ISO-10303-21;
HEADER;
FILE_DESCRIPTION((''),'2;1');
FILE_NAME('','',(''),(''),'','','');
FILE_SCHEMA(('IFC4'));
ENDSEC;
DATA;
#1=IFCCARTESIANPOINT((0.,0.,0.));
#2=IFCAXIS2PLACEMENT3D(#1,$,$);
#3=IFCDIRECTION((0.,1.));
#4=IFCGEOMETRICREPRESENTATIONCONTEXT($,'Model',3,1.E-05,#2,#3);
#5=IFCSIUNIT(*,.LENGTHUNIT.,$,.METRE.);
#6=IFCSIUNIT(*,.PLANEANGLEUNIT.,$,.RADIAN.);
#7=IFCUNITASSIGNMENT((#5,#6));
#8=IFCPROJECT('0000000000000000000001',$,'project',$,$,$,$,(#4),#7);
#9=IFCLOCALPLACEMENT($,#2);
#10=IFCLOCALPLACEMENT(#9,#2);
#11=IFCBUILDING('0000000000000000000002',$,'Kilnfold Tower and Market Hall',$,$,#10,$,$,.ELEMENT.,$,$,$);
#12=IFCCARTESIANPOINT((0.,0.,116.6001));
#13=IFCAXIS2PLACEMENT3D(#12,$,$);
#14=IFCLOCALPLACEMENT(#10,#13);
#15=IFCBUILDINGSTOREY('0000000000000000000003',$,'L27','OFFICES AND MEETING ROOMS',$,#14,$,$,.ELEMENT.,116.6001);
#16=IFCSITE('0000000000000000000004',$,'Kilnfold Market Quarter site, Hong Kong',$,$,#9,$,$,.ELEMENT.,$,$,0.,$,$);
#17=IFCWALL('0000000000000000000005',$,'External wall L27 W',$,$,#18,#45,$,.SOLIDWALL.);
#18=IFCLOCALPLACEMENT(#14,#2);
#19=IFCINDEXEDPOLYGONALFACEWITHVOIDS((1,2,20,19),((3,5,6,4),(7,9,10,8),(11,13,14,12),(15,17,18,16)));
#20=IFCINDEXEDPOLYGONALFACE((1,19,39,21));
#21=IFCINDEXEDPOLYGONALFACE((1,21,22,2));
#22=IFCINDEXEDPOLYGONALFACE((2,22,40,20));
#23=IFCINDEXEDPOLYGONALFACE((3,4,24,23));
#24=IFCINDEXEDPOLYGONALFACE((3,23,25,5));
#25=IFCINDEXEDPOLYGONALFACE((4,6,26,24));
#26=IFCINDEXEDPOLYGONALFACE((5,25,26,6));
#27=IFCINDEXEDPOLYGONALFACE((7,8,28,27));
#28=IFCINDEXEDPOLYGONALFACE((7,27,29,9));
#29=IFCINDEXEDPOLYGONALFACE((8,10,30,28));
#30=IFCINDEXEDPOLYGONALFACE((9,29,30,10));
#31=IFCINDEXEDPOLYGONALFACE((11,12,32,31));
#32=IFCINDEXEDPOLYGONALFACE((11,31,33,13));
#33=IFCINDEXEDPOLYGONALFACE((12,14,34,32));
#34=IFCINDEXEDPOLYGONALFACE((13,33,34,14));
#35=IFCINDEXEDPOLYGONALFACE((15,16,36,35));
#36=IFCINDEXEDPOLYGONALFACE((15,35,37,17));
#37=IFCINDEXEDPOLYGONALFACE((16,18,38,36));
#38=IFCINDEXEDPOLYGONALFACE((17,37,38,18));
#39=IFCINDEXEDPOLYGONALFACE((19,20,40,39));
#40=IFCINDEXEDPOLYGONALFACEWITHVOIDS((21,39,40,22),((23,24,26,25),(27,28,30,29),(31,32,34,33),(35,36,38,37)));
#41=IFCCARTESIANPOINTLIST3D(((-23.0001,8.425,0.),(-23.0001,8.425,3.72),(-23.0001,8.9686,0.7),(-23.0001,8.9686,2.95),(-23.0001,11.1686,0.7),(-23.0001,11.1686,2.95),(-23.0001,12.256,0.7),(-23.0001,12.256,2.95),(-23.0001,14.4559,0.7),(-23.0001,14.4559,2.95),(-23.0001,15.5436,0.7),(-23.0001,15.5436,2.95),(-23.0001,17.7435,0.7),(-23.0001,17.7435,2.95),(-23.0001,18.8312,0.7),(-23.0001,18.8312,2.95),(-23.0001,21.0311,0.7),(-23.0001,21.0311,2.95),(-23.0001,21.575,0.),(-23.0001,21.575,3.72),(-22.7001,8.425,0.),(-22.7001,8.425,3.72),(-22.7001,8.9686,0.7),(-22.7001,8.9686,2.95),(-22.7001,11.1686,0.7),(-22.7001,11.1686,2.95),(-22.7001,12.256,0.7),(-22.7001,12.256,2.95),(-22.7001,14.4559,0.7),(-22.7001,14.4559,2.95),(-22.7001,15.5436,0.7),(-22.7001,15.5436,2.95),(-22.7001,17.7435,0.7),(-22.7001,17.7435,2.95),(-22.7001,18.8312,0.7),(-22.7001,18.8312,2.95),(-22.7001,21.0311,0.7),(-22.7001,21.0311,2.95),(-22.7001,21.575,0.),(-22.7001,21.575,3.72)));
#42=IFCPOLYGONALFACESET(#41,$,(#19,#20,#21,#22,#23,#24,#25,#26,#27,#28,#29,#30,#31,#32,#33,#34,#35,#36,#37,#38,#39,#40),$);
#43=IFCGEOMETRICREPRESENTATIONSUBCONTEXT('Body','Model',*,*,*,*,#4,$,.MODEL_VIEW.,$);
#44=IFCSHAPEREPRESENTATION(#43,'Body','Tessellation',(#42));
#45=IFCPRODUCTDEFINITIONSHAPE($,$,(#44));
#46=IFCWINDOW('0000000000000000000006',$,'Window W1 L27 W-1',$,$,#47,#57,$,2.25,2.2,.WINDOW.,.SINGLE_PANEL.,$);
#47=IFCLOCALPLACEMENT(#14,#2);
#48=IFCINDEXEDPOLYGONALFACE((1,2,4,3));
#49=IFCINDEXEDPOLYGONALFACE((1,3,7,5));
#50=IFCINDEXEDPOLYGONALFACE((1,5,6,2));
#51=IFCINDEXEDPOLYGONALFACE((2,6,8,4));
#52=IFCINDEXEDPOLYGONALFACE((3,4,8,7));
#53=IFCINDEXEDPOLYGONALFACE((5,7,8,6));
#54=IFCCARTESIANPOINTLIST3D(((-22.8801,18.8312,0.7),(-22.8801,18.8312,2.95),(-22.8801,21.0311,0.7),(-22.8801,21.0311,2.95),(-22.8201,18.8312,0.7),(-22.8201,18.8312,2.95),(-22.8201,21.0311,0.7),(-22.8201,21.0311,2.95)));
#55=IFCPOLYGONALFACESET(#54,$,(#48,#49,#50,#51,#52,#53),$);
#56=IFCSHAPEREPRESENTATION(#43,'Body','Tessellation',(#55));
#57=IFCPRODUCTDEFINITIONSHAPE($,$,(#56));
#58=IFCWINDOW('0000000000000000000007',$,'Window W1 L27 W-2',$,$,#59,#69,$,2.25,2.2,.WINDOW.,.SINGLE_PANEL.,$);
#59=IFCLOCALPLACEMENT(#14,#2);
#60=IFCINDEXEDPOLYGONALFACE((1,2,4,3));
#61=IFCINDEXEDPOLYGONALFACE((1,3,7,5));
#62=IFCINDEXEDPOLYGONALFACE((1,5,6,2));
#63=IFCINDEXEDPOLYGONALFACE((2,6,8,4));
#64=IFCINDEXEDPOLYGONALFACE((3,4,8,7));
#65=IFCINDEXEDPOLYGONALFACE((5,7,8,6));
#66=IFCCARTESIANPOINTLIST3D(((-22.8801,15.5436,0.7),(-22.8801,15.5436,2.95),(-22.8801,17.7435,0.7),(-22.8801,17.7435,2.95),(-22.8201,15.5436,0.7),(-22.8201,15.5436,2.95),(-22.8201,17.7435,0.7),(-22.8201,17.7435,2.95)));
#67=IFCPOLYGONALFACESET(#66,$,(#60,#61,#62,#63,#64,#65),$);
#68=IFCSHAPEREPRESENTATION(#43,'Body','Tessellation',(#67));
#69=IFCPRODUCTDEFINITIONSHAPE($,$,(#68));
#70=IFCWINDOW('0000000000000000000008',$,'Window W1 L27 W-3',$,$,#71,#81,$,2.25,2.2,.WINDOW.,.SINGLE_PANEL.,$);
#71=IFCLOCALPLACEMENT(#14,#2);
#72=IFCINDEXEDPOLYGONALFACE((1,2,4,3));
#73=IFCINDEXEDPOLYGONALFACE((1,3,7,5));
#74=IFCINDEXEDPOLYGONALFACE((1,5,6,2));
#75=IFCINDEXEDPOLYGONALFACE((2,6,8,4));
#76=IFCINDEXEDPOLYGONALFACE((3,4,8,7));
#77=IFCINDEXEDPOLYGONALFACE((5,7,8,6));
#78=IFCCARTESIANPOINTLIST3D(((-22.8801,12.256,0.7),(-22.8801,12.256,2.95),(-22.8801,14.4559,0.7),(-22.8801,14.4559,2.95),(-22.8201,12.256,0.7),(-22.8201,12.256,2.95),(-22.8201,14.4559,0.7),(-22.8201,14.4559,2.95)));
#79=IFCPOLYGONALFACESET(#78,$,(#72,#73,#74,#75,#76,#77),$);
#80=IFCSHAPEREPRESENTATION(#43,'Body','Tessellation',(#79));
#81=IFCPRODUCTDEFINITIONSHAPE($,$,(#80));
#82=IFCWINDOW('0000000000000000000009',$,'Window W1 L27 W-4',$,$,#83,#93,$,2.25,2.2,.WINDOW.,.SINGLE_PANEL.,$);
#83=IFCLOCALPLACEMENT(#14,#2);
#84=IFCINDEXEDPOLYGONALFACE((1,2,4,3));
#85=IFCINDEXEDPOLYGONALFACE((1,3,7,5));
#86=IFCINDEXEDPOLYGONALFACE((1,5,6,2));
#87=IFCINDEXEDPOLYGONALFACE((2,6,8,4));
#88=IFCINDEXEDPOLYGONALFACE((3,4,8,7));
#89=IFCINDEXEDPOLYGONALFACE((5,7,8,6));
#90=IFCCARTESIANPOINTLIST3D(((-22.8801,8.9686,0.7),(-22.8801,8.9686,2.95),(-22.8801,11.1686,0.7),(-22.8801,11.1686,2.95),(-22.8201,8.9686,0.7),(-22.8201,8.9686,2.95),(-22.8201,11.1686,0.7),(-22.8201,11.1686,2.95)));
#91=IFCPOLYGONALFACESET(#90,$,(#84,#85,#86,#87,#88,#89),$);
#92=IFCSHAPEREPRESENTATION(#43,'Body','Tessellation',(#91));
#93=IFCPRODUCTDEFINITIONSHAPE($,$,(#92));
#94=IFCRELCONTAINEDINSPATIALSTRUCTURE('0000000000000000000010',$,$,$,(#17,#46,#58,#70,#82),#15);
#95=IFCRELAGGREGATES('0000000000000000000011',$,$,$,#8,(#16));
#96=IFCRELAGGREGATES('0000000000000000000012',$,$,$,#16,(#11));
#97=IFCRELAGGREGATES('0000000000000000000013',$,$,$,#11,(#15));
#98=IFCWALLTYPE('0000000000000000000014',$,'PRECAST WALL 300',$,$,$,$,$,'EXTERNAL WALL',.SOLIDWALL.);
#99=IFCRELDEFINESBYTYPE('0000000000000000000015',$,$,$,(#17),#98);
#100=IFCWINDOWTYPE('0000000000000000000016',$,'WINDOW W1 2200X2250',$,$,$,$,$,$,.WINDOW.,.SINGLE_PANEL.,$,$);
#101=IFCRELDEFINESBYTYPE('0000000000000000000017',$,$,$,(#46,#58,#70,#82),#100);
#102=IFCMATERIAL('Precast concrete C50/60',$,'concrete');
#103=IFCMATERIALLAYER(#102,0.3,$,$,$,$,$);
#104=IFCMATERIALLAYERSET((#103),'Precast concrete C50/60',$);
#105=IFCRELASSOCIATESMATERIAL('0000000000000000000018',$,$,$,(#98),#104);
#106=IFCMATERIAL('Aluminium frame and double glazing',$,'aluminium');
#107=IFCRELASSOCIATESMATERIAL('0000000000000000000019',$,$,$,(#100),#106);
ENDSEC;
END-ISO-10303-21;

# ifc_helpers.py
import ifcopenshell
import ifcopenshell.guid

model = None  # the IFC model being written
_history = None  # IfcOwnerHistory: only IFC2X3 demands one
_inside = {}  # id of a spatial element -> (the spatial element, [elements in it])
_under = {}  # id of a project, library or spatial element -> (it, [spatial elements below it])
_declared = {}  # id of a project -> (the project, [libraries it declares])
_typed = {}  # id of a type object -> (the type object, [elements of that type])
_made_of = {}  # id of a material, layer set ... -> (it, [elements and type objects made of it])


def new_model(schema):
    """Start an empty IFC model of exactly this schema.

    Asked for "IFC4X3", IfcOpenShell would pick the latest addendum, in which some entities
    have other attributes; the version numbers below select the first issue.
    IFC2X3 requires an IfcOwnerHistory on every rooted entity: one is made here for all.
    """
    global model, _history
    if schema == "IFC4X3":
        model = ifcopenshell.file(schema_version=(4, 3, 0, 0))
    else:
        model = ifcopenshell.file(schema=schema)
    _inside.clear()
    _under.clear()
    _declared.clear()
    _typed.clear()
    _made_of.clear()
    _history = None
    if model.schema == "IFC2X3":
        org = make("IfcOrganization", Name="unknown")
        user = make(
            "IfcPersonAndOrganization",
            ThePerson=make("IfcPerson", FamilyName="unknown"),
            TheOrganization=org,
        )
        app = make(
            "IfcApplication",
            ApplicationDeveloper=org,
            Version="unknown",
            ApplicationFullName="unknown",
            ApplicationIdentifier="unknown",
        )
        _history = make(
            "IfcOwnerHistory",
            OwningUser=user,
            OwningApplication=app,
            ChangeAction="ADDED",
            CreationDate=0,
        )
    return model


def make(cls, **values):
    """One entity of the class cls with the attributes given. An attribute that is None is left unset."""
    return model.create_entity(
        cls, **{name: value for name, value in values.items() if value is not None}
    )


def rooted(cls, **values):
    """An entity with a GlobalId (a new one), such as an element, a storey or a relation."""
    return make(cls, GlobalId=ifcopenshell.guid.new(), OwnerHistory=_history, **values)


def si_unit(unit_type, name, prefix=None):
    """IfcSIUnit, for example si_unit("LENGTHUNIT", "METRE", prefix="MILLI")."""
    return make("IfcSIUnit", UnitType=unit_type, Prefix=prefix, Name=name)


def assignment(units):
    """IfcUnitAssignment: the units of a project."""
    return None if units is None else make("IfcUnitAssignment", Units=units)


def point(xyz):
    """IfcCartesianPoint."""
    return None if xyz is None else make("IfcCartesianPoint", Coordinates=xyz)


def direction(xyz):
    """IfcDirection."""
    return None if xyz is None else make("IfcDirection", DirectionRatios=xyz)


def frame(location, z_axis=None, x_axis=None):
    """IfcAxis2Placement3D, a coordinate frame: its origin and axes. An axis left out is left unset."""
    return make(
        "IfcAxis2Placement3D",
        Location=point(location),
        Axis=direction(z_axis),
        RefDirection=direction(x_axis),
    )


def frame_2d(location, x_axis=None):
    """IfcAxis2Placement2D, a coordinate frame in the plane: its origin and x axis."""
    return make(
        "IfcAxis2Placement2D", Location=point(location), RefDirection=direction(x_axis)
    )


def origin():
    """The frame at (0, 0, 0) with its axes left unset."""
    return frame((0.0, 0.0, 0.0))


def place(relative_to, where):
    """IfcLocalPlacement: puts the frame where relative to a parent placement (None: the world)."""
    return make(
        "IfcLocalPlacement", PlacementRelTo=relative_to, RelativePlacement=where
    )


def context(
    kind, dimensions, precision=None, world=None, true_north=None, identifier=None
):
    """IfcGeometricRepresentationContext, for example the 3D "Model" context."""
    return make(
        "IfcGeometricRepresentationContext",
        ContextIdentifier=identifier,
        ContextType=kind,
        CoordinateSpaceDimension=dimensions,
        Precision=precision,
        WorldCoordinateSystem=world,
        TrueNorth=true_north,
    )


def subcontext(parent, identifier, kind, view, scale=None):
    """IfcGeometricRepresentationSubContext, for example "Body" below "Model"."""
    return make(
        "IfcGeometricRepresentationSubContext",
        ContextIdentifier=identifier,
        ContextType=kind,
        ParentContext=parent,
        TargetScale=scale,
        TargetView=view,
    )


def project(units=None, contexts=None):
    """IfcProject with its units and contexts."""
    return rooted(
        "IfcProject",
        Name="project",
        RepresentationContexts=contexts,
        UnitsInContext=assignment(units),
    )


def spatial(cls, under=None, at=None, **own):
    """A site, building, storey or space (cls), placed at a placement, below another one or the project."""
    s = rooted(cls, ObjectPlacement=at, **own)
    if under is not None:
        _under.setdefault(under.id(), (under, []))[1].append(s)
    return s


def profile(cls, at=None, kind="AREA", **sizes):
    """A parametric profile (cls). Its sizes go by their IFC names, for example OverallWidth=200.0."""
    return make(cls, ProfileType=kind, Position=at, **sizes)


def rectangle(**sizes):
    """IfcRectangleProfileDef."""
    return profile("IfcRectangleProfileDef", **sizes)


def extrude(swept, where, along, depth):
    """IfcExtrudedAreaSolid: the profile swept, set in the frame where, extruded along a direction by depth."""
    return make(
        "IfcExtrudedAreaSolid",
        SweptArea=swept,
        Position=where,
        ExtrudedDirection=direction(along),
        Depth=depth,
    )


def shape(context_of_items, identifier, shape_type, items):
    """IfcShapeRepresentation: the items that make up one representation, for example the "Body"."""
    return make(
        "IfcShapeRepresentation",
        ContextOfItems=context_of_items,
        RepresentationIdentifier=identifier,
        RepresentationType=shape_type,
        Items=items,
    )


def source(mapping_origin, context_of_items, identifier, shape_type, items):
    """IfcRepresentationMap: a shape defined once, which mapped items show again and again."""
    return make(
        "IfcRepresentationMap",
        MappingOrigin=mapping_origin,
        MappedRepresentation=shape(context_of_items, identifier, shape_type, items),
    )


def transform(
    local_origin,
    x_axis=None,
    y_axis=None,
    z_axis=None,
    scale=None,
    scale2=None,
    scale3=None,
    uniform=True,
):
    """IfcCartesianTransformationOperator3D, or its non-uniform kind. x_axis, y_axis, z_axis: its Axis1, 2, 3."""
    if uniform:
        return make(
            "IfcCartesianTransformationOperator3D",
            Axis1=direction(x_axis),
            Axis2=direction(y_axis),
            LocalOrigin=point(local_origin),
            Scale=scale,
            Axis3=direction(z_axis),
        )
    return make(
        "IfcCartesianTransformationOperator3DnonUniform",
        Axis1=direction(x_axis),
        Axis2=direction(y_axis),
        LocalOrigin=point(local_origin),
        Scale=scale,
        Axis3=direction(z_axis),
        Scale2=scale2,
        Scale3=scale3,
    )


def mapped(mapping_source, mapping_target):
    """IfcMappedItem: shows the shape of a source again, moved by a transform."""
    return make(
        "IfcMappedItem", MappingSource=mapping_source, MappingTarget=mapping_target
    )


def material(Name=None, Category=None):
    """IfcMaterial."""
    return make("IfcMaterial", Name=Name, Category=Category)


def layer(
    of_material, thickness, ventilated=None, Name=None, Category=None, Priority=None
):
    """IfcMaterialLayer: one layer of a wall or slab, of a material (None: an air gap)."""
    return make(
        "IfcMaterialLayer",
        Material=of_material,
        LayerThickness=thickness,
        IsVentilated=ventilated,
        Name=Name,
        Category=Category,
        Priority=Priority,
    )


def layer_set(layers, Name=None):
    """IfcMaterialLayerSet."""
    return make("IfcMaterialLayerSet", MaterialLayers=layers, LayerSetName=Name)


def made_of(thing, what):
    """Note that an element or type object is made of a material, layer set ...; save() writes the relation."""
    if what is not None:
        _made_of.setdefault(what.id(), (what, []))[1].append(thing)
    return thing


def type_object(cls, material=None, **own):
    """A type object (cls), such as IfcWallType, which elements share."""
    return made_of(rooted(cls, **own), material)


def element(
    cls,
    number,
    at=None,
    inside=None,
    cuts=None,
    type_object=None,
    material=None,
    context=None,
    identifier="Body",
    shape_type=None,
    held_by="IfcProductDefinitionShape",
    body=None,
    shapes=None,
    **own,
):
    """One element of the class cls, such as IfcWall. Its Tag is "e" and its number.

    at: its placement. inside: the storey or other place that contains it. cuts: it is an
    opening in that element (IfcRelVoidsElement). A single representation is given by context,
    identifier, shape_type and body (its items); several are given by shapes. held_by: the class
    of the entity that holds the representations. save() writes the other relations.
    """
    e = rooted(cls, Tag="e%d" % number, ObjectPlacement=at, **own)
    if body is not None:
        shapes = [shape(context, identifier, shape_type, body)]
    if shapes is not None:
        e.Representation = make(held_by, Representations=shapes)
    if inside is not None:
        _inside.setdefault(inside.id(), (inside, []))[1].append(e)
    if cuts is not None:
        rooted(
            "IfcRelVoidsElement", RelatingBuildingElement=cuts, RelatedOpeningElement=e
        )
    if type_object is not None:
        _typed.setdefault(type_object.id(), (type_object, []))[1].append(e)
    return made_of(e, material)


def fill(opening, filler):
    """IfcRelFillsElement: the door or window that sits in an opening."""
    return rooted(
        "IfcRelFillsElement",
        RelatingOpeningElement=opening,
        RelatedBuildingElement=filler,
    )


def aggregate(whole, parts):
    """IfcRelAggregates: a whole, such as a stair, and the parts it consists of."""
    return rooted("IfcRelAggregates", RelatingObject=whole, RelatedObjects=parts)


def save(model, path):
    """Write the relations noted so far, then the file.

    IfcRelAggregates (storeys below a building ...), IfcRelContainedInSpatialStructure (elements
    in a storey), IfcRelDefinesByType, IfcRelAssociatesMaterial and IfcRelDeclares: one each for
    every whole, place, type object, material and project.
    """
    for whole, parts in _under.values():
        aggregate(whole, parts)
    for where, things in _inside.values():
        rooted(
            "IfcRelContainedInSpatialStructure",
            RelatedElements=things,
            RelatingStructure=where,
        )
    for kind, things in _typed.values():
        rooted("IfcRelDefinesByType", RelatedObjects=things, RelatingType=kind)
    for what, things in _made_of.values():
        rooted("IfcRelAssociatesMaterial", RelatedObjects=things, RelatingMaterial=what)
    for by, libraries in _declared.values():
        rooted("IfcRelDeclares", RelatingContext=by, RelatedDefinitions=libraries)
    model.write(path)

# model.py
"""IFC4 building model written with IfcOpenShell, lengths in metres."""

from ifc_helpers import new_model, si_unit, direction, frame, frame_2d, origin, place, context, subcontext, project, spatial, rectangle, extrude, source, transform, mapped, material, layer, layer_set, type_object, element, fill, save


model = new_model("IFC4")

# Units and contexts
model_context = context("Model", 3, precision=1e-05, world=origin(), true_north=direction((0.0, 1.0)))
body_context = subcontext(model_context, "Body", "Model", "MODEL_VIEW")
ifc_project = project(units=[si_unit("LENGTHUNIT", "METRE"), si_unit("PLANEANGLEUNIT", "RADIAN")], contexts=[model_context])

# Site, building, storey
site_placement = place(None, origin())
site = spatial("IfcSite", under=ifc_project, at=site_placement, Name="Kilnfold Market Quarter site, Hong Kong", CompositionType="ELEMENT", RefElevation=0.0)
building_placement = place(site_placement, origin())
building = spatial("IfcBuilding", under=site, at=building_placement, Name="Kilnfold Tower and Market Hall", CompositionType="ELEMENT")
storey_placement = place(building_placement, frame((0.0, 0.0, 116.6001)))
storey = spatial("IfcBuildingStorey", under=building, at=storey_placement, Name="L27", Description="OFFICES AND MEETING ROOMS", CompositionType="ELEMENT", Elevation=116.6001)

# Shared definitions
ifc_material_1 = material(Name="Precast concrete C50/60", Category="concrete")
ifc_layer_1 = layer(ifc_material_1, 0.3)
ifc_layer_set_1 = layer_set([ifc_layer_1], Name="Precast concrete C50/60")
wall_type_1 = type_object("IfcWallType", Name="PRECAST WALL 300", ElementType="EXTERNAL WALL", PredefinedType="SOLIDWALL", material=ifc_layer_set_1)
ifc_material_2 = material(Name="Aluminium frame and double glazing", Category="aluminium")
window_type = type_object("IfcWindowType", Name="WINDOW W1 2200X2250", PartitioningType="SINGLE_PANEL", PredefinedType="WINDOW", material=ifc_material_2)

# Wall, openings, windows
shared_shape_1 = source(origin(), body_context, "Body", "SweptSolid", [
    extrude(rectangle(XDim=13.1499, YDim=0.3, at=frame_2d((6.575, 0.0))), origin(), (0.0, 0.0, 1.0), 3.72),
])
wall_1_placement = place(storey_placement, frame((-22.8501, 21.575, 0.0), z_axis=(0.0, 0.0, 1.0), x_axis=(0.0, -1.0, 0.0)))
wall_1 = element("IfcWall", 1, at=wall_1_placement, inside=storey, type_object=wall_type_1, Name="External wall L27 W", PredefinedType="SOLIDWALL", context=body_context, shape_type="MappedRepresentation", body=[
    mapped(shared_shape_1, transform((0.0, 0.0, 0.0))),
])
opening_1_placement = place(wall_1_placement, frame((0.5437, 0.0, 0.7)))
opening_1 = element("IfcOpeningElement", 2, at=opening_1_placement, cuts=wall_1, PredefinedType="OPENING", context=body_context, shape_type="SweptSolid", body=[
    extrude(rectangle(XDim=2.2, YDim=2.25, at=frame_2d((1.1001, 1.125))), frame((0.0, 0.1602, 0.0), z_axis=(0.0, -1.0, 0.0), x_axis=(1.0, 0.0, 0.0)), (0.0, 0.0, 1.0), 0.3201),
])
opening_2_placement = place(wall_1_placement, frame((3.8313, 0.0, 0.7)))
opening_2 = element("IfcOpeningElement", 3, at=opening_2_placement, cuts=wall_1, PredefinedType="OPENING", context=body_context, shape_type="SweptSolid", body=[
    extrude(rectangle(XDim=2.2, YDim=2.25, at=frame_2d((1.1001, 1.125))), frame((0.0, 0.1602, 0.0), z_axis=(0.0, -1.0, 0.0), x_axis=(1.0, 0.0, 0.0)), (0.0, 0.0, 1.0), 0.3201),
])
opening_3_placement = place(wall_1_placement, frame((7.1189, 0.0, 0.7)))
opening_3 = element("IfcOpeningElement", 4, at=opening_3_placement, cuts=wall_1, PredefinedType="OPENING", context=body_context, shape_type="SweptSolid", body=[
    extrude(rectangle(XDim=2.2, YDim=2.25, at=frame_2d((1.1001, 1.125))), frame((0.0, 0.1602, 0.0), z_axis=(0.0, -1.0, 0.0), x_axis=(1.0, 0.0, 0.0)), (0.0, 0.0, 1.0), 0.3201),
])
opening_4_placement = place(wall_1_placement, frame((10.4062, 0.0, 0.7)))
opening_4 = element("IfcOpeningElement", 5, at=opening_4_placement, cuts=wall_1, PredefinedType="OPENING", context=body_context, shape_type="SweptSolid", body=[
    extrude(rectangle(XDim=2.2, YDim=2.25, at=frame_2d((1.1001, 1.125))), frame((0.0, 0.1602, 0.0), z_axis=(0.0, -1.0, 0.0), x_axis=(1.0, 0.0, 0.0)), (0.0, 0.0, 1.0), 0.3201),
])
window_1_placement = place(opening_1_placement, origin())
window_1 = element("IfcWindow", 6, at=window_1_placement, inside=storey, type_object=window_type, Name="Window W1 L27 W-1", OverallHeight=2.25, OverallWidth=2.2, PartitioningType="SINGLE_PANEL", PredefinedType="WINDOW", context=body_context, shape_type="SweptSolid", body=[
    extrude(rectangle(XDim=2.2, YDim=2.25, at=frame_2d((1.1001, 1.125))), frame((0.0, 0.03, 0.0), z_axis=(0.0, -1.0, 0.0), x_axis=(1.0, 0.0, 0.0)), (0.0, 0.0, 1.0), 0.0601),
])
fill(opening_1, window_1)
window_2_placement = place(opening_2_placement, origin())
window_2 = element("IfcWindow", 7, at=window_2_placement, inside=storey, type_object=window_type, Name="Window W1 L27 W-2", OverallHeight=2.25, OverallWidth=2.2, PartitioningType="SINGLE_PANEL", PredefinedType="WINDOW", context=body_context, shape_type="SweptSolid", body=[
    extrude(rectangle(XDim=2.2, YDim=2.25, at=frame_2d((1.1001, 1.125))), frame((0.0, 0.03, 0.0), z_axis=(0.0, -1.0, 0.0), x_axis=(1.0, 0.0, 0.0)), (0.0, 0.0, 1.0), 0.0601),
])
fill(opening_2, window_2)
window_3_placement = place(opening_3_placement, origin())
window_3 = element("IfcWindow", 8, at=window_3_placement, inside=storey, type_object=window_type, Name="Window W1 L27 W-3", OverallHeight=2.25, OverallWidth=2.2, PartitioningType="SINGLE_PANEL", PredefinedType="WINDOW", context=body_context, shape_type="SweptSolid", body=[
    extrude(rectangle(XDim=2.2, YDim=2.25, at=frame_2d((1.1001, 1.125))), frame((0.0, 0.03, 0.0), z_axis=(0.0, -1.0, 0.0), x_axis=(1.0, 0.0, 0.0)), (0.0, 0.0, 1.0), 0.0601),
])
fill(opening_3, window_3)
window_4_placement = place(opening_4_placement, origin())
window_4 = element("IfcWindow", 9, at=window_4_placement, inside=storey, type_object=window_type, Name="Window W1 L27 W-4", OverallHeight=2.25, OverallWidth=2.2, PartitioningType="SINGLE_PANEL", PredefinedType="WINDOW", context=body_context, shape_type="SweptSolid", body=[
    extrude(rectangle(XDim=2.2, YDim=2.25, at=frame_2d((1.1001, 1.125))), frame((0.0, 0.03, 0.0), z_axis=(0.0, -1.0, 0.0), x_axis=(1.0, 0.0, 0.0)), (0.0, 0.0, 1.0), 0.0601),
])
fill(opening_4, window_4)

save(model, "model.ifc")
